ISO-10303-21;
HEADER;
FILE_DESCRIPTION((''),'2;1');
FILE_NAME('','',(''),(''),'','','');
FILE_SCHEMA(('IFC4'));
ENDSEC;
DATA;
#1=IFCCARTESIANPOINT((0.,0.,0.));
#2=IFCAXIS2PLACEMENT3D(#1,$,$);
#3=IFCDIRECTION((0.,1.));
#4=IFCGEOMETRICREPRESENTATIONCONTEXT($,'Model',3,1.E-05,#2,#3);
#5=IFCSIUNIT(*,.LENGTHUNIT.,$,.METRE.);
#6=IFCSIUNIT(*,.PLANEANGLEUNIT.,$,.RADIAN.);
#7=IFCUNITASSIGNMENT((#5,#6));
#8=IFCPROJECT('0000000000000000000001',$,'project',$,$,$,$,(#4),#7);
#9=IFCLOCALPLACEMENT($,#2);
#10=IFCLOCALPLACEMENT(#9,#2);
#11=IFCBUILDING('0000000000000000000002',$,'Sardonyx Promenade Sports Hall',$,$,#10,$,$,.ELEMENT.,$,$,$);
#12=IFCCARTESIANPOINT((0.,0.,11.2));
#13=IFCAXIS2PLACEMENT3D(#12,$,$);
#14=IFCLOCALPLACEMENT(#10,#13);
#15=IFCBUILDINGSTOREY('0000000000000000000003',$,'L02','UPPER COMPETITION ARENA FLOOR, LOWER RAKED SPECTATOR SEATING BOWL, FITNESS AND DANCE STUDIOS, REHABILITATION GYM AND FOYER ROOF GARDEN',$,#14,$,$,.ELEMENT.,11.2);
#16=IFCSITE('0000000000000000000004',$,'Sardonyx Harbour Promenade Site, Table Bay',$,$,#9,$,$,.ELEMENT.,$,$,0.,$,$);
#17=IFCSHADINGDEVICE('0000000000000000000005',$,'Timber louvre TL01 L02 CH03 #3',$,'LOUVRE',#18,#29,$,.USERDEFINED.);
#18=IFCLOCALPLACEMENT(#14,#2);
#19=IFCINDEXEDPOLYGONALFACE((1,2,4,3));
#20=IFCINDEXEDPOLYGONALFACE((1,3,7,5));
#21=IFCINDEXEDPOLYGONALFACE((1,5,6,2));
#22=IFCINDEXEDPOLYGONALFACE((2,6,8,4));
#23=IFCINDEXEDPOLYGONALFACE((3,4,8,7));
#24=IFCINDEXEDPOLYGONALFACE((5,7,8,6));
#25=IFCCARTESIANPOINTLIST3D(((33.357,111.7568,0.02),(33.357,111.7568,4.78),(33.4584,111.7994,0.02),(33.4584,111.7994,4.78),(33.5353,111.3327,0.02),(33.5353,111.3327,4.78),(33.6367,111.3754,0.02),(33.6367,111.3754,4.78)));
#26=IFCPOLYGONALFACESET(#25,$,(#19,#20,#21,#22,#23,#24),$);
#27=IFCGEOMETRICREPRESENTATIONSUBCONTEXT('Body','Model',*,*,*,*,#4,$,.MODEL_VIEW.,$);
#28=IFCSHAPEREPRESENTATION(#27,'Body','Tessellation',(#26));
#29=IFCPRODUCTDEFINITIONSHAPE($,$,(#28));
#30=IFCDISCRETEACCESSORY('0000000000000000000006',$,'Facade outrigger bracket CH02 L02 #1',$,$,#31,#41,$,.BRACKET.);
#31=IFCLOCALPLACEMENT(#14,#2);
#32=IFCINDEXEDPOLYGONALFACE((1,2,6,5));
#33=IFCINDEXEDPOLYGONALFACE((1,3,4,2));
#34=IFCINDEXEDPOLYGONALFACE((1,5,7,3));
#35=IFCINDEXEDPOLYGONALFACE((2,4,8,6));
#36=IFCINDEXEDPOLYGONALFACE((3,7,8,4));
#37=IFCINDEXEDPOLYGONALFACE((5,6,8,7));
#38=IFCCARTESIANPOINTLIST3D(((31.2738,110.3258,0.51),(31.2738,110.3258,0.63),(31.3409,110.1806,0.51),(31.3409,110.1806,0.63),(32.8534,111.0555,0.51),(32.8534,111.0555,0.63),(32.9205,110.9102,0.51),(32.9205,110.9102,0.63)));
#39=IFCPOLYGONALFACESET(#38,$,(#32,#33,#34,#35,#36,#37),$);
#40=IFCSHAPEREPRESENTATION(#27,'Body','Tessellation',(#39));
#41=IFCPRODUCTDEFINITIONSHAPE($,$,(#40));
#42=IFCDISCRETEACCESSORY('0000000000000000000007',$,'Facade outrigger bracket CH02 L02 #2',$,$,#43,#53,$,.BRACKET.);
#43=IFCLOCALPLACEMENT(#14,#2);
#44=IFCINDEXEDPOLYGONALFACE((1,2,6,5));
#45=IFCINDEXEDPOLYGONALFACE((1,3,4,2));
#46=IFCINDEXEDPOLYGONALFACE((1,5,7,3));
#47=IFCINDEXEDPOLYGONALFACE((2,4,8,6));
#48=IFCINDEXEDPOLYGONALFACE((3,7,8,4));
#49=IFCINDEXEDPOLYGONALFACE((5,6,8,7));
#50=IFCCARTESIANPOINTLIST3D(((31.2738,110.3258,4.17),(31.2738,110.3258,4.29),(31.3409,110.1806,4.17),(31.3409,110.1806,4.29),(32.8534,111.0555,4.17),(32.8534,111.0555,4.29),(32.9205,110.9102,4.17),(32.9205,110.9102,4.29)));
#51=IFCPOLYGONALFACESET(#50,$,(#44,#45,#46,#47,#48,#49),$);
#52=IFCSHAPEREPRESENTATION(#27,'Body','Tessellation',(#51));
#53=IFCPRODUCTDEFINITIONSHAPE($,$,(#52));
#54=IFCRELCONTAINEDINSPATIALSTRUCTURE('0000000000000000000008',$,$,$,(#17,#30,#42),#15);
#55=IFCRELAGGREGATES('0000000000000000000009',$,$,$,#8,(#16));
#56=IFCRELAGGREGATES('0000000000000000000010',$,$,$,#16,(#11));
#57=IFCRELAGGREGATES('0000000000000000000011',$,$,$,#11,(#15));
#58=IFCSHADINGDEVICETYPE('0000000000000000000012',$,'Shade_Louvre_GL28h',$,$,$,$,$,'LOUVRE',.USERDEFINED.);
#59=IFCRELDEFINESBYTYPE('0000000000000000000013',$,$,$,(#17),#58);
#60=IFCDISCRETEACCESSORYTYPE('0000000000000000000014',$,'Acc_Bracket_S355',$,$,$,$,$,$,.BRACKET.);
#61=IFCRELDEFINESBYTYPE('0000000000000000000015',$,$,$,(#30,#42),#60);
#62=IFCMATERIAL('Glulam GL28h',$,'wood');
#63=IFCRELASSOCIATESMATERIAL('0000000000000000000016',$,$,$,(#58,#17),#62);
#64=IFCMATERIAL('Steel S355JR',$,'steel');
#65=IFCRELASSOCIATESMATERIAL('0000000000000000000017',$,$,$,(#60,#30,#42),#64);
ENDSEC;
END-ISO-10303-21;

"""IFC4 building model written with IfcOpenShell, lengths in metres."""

from ifc_helpers import new_model, si_unit, direction, frame, origin, place, context, subcontext, project, spatial, rectangle, extrude, material, type_object, element, save


model = new_model("IFC4")

# Units and contexts
model_context = context("Model", 3, precision=1e-05, world=origin(), true_north=direction((0.0, 1.0)))
body_context = subcontext(model_context, "Body", "Model", "MODEL_VIEW")
ifc_project = project(units=[si_unit("LENGTHUNIT", "METRE"), si_unit("PLANEANGLEUNIT", "RADIAN")], contexts=[model_context])

# Site, building, storey
site_placement = place(None, origin())
site = spatial("IfcSite", under=ifc_project, at=site_placement, Name="Sardonyx Harbour Promenade Site, Table Bay", CompositionType="ELEMENT", RefElevation=0.0)
building_placement = place(site_placement, origin())
building = spatial("IfcBuilding", under=site, at=building_placement, Name="Sardonyx Promenade Sports Hall", CompositionType="ELEMENT")
storey_placement = place(building_placement, frame((0.0, 0.0, 11.2)))
storey = spatial("IfcBuildingStorey", under=building, at=storey_placement, Name="L02", Description="UPPER COMPETITION ARENA FLOOR, LOWER RAKED SPECTATOR SEATING BOWL, FITNESS AND DANCE STUDIOS, REHABILITATION GYM AND FOYER ROOF GARDEN", CompositionType="ELEMENT", Elevation=11.2)

# Shading device
ifc_material_1 = material(Name="Glulam GL28h", Category="wood")
shading_device_type = type_object("IfcShadingDeviceType", Name="Shade_Louvre_GL28h", ElementType="LOUVRE", PredefinedType="USERDEFINED", material=ifc_material_1)
for number, where, z_axis, x_axis, name in (
    (1, (33.4968, 111.5661, 0.02), (0.0, 0.0, 1.0), (0.9218, 0.387665, 0.0), "Timber louvre TL01 L02 CH03 #3"),
):
    element("IfcShadingDevice", number, at=place(storey_placement, frame(where, z_axis=z_axis, x_axis=x_axis)), inside=storey, type_object=shading_device_type, material=ifc_material_1, Name=name, ObjectType="LOUVRE", PredefinedType="USERDEFINED", context=body_context, shape_type="SweptSolid", body=[
        extrude(rectangle(XDim=0.11, YDim=0.46), origin(), (0.0, 0.0, 1.0), 4.76),
    ])

# Discrete accessories
ifc_material_2 = material(Name="Steel S355JR", Category="steel")
discrete_accessory_type = type_object("IfcDiscreteAccessoryType", Name="Acc_Bracket_S355", PredefinedType="BRACKET", material=ifc_material_2)
for number, where, z_axis, x_axis, name in (
    (2, (32.0971, 110.618, 0.51), (0.0, 0.0, 1.0), (0.907831, 0.419336, 0.0), "Facade outrigger bracket CH02 L02 #1"),
    (3, (32.0971, 110.618, 4.17), (0.0, 0.0, 1.0), (0.907831, 0.419336, 0.0), "Facade outrigger bracket CH02 L02 #2"),
):
    element("IfcDiscreteAccessory", number, at=place(storey_placement, frame(where, z_axis=z_axis, x_axis=x_axis)), inside=storey, type_object=discrete_accessory_type, material=ifc_material_2, Name=name, PredefinedType="BRACKET", context=body_context, shape_type="SweptSolid", body=[
        extrude(rectangle(XDim=1.74, YDim=0.16), origin(), (0.0, 0.0, 1.0), 0.12),
    ])

save(model, "model.ifc")
